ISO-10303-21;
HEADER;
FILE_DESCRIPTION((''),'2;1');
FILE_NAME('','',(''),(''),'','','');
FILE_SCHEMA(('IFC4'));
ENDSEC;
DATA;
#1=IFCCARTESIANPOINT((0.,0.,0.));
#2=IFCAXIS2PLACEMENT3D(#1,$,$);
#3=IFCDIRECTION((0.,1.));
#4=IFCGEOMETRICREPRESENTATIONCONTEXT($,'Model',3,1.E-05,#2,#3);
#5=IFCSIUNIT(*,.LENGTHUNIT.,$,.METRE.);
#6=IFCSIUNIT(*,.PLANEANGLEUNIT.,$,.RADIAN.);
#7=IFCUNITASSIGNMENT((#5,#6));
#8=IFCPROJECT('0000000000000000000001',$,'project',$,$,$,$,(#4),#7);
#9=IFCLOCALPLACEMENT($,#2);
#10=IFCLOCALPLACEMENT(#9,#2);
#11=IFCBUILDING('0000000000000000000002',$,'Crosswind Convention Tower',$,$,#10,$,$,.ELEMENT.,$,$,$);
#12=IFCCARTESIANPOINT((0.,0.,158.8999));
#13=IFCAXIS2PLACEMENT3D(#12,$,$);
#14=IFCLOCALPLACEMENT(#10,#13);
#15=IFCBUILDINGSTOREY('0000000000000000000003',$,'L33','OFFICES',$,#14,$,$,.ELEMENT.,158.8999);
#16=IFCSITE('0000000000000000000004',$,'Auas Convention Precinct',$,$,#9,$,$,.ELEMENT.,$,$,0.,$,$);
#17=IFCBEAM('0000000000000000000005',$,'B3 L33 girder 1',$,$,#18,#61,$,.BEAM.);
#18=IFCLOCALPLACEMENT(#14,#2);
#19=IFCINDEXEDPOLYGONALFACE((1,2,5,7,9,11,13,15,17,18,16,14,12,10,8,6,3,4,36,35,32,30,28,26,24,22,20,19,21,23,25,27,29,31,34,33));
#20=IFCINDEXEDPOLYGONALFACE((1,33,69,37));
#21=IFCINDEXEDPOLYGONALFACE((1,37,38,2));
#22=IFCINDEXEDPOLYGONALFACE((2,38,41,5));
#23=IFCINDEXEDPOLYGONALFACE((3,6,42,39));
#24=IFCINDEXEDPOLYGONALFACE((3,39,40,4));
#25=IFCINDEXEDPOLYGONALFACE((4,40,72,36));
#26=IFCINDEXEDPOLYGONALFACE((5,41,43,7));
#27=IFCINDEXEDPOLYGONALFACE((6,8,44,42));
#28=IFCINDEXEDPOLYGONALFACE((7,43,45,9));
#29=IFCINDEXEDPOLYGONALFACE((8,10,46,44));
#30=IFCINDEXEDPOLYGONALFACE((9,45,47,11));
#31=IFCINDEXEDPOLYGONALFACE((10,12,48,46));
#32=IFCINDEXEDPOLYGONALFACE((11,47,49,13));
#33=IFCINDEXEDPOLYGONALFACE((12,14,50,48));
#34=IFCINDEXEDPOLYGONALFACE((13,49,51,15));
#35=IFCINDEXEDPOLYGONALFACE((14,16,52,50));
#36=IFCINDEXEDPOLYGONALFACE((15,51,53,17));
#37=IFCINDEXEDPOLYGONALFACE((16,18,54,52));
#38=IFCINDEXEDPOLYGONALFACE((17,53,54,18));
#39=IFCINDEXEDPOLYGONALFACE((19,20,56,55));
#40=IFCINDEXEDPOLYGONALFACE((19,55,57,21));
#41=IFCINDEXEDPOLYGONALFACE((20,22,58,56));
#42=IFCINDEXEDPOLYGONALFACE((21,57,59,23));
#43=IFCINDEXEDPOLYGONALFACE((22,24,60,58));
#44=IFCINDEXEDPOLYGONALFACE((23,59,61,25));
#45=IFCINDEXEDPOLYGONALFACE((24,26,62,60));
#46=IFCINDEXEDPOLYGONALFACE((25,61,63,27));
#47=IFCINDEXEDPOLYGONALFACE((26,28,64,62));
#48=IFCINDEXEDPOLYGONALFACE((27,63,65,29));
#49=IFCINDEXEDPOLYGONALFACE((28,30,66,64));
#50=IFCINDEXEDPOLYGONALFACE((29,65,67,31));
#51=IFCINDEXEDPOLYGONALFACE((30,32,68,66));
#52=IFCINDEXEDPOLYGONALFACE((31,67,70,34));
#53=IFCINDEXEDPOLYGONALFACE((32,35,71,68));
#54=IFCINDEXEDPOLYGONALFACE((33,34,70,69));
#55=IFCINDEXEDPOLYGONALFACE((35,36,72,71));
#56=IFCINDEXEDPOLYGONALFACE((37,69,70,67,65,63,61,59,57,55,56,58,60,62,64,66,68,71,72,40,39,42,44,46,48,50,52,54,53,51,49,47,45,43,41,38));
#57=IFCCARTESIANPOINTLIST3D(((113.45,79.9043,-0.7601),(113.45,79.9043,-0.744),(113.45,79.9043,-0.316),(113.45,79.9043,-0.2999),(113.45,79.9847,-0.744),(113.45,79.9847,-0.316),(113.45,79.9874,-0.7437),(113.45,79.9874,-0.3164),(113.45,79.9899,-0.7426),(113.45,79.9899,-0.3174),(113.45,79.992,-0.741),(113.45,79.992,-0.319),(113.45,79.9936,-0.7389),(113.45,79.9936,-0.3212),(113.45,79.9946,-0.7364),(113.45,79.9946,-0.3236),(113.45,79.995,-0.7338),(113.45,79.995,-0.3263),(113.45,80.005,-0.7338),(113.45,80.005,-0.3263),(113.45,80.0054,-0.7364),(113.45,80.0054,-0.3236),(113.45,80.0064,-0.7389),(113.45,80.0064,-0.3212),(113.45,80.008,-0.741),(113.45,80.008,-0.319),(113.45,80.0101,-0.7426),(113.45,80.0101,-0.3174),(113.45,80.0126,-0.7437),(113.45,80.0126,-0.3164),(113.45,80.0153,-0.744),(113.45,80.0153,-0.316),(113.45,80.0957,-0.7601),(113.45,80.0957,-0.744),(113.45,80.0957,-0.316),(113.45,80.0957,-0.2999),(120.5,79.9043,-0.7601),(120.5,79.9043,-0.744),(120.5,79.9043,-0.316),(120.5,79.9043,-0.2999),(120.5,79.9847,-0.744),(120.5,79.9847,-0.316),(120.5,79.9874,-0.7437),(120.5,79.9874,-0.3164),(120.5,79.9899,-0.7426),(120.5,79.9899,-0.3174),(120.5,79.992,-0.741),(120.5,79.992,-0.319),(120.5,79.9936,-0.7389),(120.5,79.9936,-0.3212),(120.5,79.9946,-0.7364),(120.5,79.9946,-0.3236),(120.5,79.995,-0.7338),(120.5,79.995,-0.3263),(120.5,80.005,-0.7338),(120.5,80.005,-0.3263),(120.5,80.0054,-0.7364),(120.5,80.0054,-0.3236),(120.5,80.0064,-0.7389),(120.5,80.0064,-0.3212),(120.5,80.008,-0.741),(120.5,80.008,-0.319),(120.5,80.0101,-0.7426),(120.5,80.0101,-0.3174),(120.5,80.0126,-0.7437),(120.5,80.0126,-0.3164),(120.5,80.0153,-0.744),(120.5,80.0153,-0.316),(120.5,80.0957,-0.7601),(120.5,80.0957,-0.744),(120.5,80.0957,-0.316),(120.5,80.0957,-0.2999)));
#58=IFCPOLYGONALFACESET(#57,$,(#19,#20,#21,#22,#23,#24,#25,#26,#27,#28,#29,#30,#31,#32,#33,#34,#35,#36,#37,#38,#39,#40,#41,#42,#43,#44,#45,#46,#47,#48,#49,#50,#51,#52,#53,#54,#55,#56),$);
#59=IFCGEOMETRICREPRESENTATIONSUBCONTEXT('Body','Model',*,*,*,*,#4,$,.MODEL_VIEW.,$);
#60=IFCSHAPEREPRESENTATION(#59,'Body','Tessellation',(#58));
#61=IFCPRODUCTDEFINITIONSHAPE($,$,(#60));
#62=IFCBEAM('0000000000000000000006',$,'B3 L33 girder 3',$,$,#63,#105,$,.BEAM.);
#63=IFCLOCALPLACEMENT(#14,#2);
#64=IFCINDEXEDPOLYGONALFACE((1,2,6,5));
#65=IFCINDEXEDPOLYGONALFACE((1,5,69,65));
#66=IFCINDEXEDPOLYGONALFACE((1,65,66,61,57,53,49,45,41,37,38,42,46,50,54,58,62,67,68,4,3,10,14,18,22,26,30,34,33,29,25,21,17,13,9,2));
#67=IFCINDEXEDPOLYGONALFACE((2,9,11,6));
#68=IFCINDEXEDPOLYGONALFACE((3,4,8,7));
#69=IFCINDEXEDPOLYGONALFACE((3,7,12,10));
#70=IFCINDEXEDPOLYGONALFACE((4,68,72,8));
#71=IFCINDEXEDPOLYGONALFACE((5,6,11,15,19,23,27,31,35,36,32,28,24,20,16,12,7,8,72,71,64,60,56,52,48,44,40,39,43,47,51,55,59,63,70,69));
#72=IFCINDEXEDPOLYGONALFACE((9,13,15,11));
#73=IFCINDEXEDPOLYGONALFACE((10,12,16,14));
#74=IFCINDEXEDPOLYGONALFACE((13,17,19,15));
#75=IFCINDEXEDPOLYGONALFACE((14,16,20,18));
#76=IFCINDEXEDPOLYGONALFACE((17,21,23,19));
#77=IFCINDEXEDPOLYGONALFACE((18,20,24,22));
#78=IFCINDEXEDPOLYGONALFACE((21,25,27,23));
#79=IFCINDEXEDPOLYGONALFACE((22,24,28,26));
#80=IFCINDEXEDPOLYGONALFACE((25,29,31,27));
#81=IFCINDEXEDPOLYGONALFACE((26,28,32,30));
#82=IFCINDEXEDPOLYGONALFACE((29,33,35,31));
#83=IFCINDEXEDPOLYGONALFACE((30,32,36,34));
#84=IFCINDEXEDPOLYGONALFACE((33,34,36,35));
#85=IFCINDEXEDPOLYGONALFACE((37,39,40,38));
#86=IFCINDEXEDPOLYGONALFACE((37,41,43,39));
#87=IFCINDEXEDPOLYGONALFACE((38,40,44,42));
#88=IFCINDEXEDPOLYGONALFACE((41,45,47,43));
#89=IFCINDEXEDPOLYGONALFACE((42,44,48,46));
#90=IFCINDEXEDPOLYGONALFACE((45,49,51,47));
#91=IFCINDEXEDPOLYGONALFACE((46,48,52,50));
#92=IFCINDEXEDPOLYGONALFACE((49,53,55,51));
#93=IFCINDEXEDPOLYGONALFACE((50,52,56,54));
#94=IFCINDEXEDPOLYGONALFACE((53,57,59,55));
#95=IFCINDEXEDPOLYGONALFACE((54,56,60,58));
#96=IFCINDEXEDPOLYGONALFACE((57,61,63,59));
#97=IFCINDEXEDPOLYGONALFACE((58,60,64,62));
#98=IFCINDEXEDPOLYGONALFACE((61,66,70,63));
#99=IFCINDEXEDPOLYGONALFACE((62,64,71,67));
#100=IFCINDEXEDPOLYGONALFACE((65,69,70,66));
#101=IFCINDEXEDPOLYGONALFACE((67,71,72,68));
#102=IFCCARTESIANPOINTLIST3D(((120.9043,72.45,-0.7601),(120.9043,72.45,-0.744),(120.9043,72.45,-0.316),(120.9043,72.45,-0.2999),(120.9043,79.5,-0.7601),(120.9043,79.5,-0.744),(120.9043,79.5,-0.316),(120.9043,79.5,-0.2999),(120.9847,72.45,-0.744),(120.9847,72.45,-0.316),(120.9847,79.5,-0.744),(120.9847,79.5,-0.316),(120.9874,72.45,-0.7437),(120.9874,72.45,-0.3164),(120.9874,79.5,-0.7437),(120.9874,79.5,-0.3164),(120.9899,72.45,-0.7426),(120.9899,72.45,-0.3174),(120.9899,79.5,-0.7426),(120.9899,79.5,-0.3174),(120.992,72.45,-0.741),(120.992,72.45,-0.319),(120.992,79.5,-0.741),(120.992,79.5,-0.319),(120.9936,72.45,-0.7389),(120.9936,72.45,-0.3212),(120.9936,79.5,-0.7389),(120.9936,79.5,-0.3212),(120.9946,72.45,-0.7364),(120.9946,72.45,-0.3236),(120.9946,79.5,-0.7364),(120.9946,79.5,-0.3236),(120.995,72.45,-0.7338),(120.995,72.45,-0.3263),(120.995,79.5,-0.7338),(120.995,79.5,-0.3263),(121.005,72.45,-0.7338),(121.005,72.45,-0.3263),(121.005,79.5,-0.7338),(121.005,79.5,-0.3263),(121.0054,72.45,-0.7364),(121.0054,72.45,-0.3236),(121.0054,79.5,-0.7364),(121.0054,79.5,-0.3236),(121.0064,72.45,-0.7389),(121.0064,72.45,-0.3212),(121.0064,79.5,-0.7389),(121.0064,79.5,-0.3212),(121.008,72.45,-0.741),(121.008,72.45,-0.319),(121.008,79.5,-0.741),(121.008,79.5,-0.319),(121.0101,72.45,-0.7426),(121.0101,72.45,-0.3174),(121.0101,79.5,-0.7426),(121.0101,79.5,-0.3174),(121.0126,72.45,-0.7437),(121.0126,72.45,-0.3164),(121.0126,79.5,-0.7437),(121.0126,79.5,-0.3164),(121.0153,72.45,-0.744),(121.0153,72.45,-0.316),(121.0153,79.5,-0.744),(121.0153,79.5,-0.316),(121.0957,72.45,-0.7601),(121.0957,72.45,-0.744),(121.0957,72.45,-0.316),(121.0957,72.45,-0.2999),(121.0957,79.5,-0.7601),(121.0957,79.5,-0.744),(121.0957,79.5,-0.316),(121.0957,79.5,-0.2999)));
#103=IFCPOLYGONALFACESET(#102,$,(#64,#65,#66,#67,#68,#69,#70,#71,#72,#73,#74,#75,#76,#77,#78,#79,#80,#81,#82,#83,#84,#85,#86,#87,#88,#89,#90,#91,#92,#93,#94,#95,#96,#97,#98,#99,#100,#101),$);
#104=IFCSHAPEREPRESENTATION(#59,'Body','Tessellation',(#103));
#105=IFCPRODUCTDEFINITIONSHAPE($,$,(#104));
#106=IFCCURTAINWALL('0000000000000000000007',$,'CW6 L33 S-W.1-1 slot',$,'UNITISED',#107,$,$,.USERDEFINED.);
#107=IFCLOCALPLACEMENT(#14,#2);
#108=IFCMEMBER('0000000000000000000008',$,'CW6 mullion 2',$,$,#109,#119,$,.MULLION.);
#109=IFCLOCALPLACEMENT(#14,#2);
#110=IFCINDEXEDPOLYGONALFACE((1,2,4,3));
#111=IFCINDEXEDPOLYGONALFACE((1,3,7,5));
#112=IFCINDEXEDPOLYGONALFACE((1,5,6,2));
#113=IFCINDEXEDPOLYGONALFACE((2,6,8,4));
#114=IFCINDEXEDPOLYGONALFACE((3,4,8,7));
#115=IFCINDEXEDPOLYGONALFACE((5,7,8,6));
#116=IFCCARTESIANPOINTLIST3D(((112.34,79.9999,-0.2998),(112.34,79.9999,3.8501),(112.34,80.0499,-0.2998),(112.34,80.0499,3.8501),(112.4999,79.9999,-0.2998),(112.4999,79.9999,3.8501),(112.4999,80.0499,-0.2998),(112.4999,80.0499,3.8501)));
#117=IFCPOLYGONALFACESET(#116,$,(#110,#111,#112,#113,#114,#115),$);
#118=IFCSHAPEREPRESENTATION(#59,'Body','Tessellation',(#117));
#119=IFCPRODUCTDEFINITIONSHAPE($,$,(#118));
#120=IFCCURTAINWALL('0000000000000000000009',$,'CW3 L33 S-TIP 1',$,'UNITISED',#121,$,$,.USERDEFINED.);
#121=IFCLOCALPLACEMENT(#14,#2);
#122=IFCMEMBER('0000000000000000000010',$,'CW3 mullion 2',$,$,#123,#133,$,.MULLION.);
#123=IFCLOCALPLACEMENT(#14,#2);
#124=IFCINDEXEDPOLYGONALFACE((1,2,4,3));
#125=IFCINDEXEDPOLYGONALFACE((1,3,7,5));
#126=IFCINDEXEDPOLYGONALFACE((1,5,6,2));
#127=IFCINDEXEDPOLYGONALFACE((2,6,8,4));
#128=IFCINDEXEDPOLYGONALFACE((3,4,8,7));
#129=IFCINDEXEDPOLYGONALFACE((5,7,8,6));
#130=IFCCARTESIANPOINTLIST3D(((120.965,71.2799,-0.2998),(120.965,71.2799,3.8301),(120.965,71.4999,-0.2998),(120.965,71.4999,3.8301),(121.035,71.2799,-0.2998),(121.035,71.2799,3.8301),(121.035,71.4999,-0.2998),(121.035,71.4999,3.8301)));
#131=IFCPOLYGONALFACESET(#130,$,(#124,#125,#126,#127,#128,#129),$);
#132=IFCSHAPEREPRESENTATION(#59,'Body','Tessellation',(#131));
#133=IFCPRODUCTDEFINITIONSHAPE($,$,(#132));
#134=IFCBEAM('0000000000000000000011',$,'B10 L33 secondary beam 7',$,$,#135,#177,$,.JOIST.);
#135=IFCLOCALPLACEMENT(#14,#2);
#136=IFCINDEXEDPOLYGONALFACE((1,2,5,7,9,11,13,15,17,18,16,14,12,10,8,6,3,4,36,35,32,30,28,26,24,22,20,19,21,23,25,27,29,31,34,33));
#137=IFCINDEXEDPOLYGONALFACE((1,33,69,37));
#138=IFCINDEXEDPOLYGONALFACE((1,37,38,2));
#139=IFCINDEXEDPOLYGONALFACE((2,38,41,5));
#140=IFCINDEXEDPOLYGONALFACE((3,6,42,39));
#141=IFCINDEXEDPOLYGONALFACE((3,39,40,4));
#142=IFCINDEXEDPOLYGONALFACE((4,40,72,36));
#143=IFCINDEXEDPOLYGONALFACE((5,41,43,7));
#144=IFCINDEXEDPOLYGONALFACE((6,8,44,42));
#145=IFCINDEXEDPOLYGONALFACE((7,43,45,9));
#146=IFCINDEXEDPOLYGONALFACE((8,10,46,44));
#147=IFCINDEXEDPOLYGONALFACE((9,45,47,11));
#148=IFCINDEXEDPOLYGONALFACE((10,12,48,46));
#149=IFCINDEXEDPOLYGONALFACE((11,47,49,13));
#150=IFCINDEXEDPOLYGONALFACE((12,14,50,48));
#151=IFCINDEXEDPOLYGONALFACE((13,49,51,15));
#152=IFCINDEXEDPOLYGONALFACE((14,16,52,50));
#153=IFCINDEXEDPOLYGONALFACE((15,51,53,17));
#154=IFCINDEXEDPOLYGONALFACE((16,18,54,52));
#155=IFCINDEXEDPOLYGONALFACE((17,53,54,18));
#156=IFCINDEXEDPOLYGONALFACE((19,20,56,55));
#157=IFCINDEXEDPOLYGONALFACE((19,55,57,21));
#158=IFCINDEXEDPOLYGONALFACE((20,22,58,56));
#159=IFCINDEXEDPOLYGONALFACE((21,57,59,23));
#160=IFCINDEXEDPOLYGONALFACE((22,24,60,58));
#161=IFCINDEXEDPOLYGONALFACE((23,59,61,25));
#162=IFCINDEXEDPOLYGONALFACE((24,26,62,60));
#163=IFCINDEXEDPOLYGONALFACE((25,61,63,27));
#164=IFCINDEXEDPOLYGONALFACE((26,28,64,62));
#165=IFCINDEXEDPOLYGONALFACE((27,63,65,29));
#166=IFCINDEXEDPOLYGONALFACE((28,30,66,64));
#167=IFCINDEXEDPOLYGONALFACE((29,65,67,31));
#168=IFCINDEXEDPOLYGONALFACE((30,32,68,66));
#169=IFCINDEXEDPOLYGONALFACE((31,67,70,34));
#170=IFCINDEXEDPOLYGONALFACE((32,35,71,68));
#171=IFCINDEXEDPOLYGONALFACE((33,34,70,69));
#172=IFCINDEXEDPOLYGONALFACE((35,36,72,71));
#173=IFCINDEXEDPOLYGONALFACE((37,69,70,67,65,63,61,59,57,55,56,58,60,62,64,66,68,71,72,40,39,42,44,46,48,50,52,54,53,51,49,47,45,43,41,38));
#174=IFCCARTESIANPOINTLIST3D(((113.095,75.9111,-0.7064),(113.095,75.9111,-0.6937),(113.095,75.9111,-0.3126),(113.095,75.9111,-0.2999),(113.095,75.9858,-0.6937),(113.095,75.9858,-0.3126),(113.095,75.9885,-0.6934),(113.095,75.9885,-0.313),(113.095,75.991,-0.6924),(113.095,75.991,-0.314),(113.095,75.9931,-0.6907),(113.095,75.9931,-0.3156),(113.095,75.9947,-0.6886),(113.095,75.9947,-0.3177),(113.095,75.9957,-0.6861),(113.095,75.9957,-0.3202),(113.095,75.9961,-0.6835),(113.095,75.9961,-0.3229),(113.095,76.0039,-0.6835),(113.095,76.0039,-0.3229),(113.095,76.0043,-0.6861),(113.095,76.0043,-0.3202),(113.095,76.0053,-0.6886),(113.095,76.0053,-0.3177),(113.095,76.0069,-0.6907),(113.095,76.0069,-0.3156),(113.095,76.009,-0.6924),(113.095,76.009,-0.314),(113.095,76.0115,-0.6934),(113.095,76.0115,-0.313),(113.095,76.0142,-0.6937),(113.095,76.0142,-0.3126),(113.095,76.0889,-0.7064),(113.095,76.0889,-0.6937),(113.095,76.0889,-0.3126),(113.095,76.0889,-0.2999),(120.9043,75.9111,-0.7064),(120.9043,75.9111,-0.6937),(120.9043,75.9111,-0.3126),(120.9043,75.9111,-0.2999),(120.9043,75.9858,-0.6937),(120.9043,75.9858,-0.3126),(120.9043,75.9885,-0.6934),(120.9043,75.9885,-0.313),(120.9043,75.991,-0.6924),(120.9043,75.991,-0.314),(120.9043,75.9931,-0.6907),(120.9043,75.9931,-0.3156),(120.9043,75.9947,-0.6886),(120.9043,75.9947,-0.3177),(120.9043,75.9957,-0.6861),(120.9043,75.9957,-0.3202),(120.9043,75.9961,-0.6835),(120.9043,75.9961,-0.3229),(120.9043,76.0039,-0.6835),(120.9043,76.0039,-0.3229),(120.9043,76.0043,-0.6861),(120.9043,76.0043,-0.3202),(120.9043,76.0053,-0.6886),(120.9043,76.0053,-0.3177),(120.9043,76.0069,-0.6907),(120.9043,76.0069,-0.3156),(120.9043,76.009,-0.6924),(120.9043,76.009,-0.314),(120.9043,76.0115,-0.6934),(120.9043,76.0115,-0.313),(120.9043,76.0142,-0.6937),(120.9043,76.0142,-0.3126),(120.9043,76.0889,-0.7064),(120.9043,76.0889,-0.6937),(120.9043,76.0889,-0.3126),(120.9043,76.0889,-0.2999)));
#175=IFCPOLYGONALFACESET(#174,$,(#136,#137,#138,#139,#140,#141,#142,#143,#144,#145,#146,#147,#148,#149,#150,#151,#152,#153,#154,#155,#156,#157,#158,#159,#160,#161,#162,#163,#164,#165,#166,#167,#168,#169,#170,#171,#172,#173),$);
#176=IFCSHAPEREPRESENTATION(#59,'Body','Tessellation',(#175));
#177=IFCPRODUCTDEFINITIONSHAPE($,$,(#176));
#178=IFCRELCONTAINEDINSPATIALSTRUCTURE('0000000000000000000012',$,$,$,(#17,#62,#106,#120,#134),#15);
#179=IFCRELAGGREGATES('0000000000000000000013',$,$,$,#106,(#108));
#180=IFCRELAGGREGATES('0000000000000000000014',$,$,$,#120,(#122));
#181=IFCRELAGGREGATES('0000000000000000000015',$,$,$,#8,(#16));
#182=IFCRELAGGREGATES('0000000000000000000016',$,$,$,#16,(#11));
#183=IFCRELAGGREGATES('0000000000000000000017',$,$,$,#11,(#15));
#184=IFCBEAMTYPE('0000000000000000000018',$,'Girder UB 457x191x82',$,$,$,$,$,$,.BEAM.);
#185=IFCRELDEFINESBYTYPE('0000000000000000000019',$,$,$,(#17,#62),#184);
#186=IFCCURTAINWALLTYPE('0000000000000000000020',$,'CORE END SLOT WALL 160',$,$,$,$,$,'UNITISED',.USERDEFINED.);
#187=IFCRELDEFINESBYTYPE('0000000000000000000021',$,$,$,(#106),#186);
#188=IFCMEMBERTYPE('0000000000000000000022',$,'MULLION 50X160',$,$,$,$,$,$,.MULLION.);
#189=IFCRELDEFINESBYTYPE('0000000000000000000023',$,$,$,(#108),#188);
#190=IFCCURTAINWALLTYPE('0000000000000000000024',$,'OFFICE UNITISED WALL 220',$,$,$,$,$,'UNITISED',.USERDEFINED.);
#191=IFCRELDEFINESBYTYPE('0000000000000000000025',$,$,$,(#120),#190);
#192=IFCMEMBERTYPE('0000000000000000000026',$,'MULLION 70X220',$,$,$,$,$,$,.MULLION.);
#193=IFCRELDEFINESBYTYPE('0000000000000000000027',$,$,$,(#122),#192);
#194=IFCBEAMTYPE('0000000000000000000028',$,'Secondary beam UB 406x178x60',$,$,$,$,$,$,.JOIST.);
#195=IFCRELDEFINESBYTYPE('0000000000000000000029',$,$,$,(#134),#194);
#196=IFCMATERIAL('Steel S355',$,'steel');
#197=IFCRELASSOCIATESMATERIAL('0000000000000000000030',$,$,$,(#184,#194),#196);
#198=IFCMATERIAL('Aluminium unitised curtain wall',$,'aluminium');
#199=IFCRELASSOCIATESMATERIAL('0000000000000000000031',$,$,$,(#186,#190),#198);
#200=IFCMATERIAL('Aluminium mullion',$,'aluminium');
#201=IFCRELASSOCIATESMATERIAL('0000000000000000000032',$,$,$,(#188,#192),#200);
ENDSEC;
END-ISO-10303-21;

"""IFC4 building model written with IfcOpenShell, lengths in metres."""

from ifc_helpers import new_model, si_unit, direction, frame, origin, origin_2d, place, context, subcontext, project, spatial, rectangle, i_section, extrude, material, material_profile, profile_set, type_object, element, aggregate, save


model = new_model("IFC4")

# Units and contexts
model_context = context("Model", 3, precision=1e-05, world=origin(), true_north=direction((0.0, 1.0)))
body_context = subcontext(model_context, "Body", "Model", "MODEL_VIEW")
ifc_project = project(units=[si_unit("LENGTHUNIT", "METRE"), si_unit("PLANEANGLEUNIT", "RADIAN")], contexts=[model_context])

# Site, building, storey
site_placement = place(None, origin())
site = spatial("IfcSite", under=ifc_project, at=site_placement, Name="Auas Convention Precinct", CompositionType="ELEMENT", RefElevation=0.0)
building_placement = place(site_placement, origin())
building = spatial("IfcBuilding", under=site, at=building_placement, Name="Crosswind Convention Tower", CompositionType="ELEMENT")
storey_placement = place(building_placement, frame((0.0, 0.0, 158.8999)))
storey = spatial("IfcBuildingStorey", under=building, at=storey_placement, Name="L33", Description="OFFICES", CompositionType="ELEMENT", Elevation=158.8999)

# Beams
ifc_material_1 = material(Name="Steel S355", Category="steel")
ifc_material_profile_1 = material_profile(ifc_material_1, i_section(OverallWidth=0.1914, OverallDepth=0.4602, WebThickness=0.01, FlangeThickness=0.0161, FilletRadius=0.0103, at=origin_2d()), Name="UB 457x191x82")
ifc_profile_set_1 = profile_set([ifc_material_profile_1], Name="Steel S355")
beam_type_1 = type_object("IfcBeamType", Name="Girder UB 457x191x82", PredefinedType="BEAM", material=ifc_profile_set_1)
for number, where, z_axis, x_axis, name in (
    (1, (113.45, 80.0, -0.53), (1.0, 0.0, 0.0), (0.0, 1.0, 0.0), "B3 L33 girder 1"),
    (2, (121.0, 72.45, -0.53), (0.0, 1.0, 0.0), (-1.0, 0.0, 0.0), "B3 L33 girder 3"),
):
    element("IfcBeam", number, at=place(storey_placement, frame(where, z_axis=z_axis, x_axis=x_axis)), inside=storey, type_object=beam_type_1, Name=name, PredefinedType="BEAM", context=body_context, shape_type="SweptSolid", body=[
        extrude(i_section(OverallWidth=0.1914, OverallDepth=0.4602, WebThickness=0.01, FlangeThickness=0.0161, FilletRadius=0.0103, at=origin_2d()), origin(), (0.0, 0.0, 1.0), 7.05),
    ])

# Curtain walls, members
ifc_material_2 = material(Name="Aluminium unitised curtain wall", Category="aluminium")
curtain_wall_type_1 = type_object("IfcCurtainWallType", Name="CORE END SLOT WALL 160", ElementType="UNITISED", PredefinedType="USERDEFINED", material=ifc_material_2)
curtain_wall_1_placement = place(storey_placement, origin())
curtain_wall_1 = element("IfcCurtainWall", 3, at=curtain_wall_1_placement, inside=storey, type_object=curtain_wall_type_1, Name="CW6 L33 S-W.1-1 slot", ObjectType="UNITISED", PredefinedType="USERDEFINED")
ifc_material_3 = material(Name="Aluminium mullion", Category="aluminium")
ifc_material_profile_2 = material_profile(ifc_material_3, rectangle(XDim=0.1599, YDim=0.05, at=origin_2d()), Name="AL 160X50")
ifc_profile_set_2 = profile_set([ifc_material_profile_2], Name="Aluminium mullion")
member_type_1 = type_object("IfcMemberType", Name="MULLION 50X160", PredefinedType="MULLION", material=ifc_profile_set_2)
member_1_placement = place(storey_placement, frame((112.4199, 80.0249, -0.2998), z_axis=(0.0, 0.0, 1.0), x_axis=(-1.0, 0.0, 0.0)))
member_1 = element("IfcMember", 4, at=member_1_placement, type_object=member_type_1, Name="CW6 mullion 2", PredefinedType="MULLION", context=body_context, shape_type="SweptSolid", body=[
    extrude(rectangle(XDim=0.1599, YDim=0.05, at=origin_2d()), origin(), (0.0, 0.0, 1.0), 4.1499),
])
aggregate(curtain_wall_1, [member_1])
curtain_wall_type_2 = type_object("IfcCurtainWallType", Name="OFFICE UNITISED WALL 220", ElementType="UNITISED", PredefinedType="USERDEFINED", material=ifc_material_2)
curtain_wall_2_placement = place(storey_placement, origin())
curtain_wall_2 = element("IfcCurtainWall", 5, at=curtain_wall_2_placement, inside=storey, type_object=curtain_wall_type_2, Name="CW3 L33 S-TIP 1", ObjectType="UNITISED", PredefinedType="USERDEFINED")
ifc_material_profile_3 = material_profile(ifc_material_3, rectangle(XDim=0.22, YDim=0.0701, at=origin_2d()), Name="AL 220X70")
ifc_profile_set_3 = profile_set([ifc_material_profile_3], Name="Aluminium mullion")
member_type_2 = type_object("IfcMemberType", Name="MULLION 70X220", PredefinedType="MULLION", material=ifc_profile_set_3)
member_2_placement = place(storey_placement, frame((121.0, 71.3899, -0.2998), z_axis=(0.0, 0.0, 1.0), x_axis=(0.0, -1.0, 0.0)))
member_2 = element("IfcMember", 6, at=member_2_placement, type_object=member_type_2, Name="CW3 mullion 2", PredefinedType="MULLION", context=body_context, shape_type="SweptSolid", body=[
    extrude(rectangle(XDim=0.22, YDim=0.0701, at=origin_2d()), origin(), (0.0, 0.0, 1.0), 4.1299),
])

# Beam
ifc_material_profile_4 = material_profile(ifc_material_1, i_section(OverallWidth=0.1777, OverallDepth=0.4065, WebThickness=0.0078, FlangeThickness=0.0127, FilletRadius=0.0103, at=origin_2d()), Name="UB 406x178x60")
ifc_profile_set_4 = profile_set([ifc_material_profile_4], Name="Steel S355")
beam_type_2 = type_object("IfcBeamType", Name="Secondary beam UB 406x178x60", PredefinedType="JOIST", material=ifc_profile_set_4)
beam_1_placement = place(storey_placement, frame((113.095, 76.0, -0.5032), z_axis=(1.0, 0.0, 0.0), x_axis=(0.0, 1.0, 0.0)))
element("IfcBeam", 7, at=beam_1_placement, inside=storey, type_object=beam_type_2, Name="B10 L33 secondary beam 7", PredefinedType="JOIST", context=body_context, shape_type="SweptSolid", body=[
    extrude(i_section(OverallWidth=0.1777, OverallDepth=0.4065, WebThickness=0.0078, FlangeThickness=0.0127, FilletRadius=0.0103, at=origin_2d()), origin(), (0.0, 0.0, 1.0), 7.8093),
])

aggregate(curtain_wall_2, [member_2])

save(model, "model.ifc")
